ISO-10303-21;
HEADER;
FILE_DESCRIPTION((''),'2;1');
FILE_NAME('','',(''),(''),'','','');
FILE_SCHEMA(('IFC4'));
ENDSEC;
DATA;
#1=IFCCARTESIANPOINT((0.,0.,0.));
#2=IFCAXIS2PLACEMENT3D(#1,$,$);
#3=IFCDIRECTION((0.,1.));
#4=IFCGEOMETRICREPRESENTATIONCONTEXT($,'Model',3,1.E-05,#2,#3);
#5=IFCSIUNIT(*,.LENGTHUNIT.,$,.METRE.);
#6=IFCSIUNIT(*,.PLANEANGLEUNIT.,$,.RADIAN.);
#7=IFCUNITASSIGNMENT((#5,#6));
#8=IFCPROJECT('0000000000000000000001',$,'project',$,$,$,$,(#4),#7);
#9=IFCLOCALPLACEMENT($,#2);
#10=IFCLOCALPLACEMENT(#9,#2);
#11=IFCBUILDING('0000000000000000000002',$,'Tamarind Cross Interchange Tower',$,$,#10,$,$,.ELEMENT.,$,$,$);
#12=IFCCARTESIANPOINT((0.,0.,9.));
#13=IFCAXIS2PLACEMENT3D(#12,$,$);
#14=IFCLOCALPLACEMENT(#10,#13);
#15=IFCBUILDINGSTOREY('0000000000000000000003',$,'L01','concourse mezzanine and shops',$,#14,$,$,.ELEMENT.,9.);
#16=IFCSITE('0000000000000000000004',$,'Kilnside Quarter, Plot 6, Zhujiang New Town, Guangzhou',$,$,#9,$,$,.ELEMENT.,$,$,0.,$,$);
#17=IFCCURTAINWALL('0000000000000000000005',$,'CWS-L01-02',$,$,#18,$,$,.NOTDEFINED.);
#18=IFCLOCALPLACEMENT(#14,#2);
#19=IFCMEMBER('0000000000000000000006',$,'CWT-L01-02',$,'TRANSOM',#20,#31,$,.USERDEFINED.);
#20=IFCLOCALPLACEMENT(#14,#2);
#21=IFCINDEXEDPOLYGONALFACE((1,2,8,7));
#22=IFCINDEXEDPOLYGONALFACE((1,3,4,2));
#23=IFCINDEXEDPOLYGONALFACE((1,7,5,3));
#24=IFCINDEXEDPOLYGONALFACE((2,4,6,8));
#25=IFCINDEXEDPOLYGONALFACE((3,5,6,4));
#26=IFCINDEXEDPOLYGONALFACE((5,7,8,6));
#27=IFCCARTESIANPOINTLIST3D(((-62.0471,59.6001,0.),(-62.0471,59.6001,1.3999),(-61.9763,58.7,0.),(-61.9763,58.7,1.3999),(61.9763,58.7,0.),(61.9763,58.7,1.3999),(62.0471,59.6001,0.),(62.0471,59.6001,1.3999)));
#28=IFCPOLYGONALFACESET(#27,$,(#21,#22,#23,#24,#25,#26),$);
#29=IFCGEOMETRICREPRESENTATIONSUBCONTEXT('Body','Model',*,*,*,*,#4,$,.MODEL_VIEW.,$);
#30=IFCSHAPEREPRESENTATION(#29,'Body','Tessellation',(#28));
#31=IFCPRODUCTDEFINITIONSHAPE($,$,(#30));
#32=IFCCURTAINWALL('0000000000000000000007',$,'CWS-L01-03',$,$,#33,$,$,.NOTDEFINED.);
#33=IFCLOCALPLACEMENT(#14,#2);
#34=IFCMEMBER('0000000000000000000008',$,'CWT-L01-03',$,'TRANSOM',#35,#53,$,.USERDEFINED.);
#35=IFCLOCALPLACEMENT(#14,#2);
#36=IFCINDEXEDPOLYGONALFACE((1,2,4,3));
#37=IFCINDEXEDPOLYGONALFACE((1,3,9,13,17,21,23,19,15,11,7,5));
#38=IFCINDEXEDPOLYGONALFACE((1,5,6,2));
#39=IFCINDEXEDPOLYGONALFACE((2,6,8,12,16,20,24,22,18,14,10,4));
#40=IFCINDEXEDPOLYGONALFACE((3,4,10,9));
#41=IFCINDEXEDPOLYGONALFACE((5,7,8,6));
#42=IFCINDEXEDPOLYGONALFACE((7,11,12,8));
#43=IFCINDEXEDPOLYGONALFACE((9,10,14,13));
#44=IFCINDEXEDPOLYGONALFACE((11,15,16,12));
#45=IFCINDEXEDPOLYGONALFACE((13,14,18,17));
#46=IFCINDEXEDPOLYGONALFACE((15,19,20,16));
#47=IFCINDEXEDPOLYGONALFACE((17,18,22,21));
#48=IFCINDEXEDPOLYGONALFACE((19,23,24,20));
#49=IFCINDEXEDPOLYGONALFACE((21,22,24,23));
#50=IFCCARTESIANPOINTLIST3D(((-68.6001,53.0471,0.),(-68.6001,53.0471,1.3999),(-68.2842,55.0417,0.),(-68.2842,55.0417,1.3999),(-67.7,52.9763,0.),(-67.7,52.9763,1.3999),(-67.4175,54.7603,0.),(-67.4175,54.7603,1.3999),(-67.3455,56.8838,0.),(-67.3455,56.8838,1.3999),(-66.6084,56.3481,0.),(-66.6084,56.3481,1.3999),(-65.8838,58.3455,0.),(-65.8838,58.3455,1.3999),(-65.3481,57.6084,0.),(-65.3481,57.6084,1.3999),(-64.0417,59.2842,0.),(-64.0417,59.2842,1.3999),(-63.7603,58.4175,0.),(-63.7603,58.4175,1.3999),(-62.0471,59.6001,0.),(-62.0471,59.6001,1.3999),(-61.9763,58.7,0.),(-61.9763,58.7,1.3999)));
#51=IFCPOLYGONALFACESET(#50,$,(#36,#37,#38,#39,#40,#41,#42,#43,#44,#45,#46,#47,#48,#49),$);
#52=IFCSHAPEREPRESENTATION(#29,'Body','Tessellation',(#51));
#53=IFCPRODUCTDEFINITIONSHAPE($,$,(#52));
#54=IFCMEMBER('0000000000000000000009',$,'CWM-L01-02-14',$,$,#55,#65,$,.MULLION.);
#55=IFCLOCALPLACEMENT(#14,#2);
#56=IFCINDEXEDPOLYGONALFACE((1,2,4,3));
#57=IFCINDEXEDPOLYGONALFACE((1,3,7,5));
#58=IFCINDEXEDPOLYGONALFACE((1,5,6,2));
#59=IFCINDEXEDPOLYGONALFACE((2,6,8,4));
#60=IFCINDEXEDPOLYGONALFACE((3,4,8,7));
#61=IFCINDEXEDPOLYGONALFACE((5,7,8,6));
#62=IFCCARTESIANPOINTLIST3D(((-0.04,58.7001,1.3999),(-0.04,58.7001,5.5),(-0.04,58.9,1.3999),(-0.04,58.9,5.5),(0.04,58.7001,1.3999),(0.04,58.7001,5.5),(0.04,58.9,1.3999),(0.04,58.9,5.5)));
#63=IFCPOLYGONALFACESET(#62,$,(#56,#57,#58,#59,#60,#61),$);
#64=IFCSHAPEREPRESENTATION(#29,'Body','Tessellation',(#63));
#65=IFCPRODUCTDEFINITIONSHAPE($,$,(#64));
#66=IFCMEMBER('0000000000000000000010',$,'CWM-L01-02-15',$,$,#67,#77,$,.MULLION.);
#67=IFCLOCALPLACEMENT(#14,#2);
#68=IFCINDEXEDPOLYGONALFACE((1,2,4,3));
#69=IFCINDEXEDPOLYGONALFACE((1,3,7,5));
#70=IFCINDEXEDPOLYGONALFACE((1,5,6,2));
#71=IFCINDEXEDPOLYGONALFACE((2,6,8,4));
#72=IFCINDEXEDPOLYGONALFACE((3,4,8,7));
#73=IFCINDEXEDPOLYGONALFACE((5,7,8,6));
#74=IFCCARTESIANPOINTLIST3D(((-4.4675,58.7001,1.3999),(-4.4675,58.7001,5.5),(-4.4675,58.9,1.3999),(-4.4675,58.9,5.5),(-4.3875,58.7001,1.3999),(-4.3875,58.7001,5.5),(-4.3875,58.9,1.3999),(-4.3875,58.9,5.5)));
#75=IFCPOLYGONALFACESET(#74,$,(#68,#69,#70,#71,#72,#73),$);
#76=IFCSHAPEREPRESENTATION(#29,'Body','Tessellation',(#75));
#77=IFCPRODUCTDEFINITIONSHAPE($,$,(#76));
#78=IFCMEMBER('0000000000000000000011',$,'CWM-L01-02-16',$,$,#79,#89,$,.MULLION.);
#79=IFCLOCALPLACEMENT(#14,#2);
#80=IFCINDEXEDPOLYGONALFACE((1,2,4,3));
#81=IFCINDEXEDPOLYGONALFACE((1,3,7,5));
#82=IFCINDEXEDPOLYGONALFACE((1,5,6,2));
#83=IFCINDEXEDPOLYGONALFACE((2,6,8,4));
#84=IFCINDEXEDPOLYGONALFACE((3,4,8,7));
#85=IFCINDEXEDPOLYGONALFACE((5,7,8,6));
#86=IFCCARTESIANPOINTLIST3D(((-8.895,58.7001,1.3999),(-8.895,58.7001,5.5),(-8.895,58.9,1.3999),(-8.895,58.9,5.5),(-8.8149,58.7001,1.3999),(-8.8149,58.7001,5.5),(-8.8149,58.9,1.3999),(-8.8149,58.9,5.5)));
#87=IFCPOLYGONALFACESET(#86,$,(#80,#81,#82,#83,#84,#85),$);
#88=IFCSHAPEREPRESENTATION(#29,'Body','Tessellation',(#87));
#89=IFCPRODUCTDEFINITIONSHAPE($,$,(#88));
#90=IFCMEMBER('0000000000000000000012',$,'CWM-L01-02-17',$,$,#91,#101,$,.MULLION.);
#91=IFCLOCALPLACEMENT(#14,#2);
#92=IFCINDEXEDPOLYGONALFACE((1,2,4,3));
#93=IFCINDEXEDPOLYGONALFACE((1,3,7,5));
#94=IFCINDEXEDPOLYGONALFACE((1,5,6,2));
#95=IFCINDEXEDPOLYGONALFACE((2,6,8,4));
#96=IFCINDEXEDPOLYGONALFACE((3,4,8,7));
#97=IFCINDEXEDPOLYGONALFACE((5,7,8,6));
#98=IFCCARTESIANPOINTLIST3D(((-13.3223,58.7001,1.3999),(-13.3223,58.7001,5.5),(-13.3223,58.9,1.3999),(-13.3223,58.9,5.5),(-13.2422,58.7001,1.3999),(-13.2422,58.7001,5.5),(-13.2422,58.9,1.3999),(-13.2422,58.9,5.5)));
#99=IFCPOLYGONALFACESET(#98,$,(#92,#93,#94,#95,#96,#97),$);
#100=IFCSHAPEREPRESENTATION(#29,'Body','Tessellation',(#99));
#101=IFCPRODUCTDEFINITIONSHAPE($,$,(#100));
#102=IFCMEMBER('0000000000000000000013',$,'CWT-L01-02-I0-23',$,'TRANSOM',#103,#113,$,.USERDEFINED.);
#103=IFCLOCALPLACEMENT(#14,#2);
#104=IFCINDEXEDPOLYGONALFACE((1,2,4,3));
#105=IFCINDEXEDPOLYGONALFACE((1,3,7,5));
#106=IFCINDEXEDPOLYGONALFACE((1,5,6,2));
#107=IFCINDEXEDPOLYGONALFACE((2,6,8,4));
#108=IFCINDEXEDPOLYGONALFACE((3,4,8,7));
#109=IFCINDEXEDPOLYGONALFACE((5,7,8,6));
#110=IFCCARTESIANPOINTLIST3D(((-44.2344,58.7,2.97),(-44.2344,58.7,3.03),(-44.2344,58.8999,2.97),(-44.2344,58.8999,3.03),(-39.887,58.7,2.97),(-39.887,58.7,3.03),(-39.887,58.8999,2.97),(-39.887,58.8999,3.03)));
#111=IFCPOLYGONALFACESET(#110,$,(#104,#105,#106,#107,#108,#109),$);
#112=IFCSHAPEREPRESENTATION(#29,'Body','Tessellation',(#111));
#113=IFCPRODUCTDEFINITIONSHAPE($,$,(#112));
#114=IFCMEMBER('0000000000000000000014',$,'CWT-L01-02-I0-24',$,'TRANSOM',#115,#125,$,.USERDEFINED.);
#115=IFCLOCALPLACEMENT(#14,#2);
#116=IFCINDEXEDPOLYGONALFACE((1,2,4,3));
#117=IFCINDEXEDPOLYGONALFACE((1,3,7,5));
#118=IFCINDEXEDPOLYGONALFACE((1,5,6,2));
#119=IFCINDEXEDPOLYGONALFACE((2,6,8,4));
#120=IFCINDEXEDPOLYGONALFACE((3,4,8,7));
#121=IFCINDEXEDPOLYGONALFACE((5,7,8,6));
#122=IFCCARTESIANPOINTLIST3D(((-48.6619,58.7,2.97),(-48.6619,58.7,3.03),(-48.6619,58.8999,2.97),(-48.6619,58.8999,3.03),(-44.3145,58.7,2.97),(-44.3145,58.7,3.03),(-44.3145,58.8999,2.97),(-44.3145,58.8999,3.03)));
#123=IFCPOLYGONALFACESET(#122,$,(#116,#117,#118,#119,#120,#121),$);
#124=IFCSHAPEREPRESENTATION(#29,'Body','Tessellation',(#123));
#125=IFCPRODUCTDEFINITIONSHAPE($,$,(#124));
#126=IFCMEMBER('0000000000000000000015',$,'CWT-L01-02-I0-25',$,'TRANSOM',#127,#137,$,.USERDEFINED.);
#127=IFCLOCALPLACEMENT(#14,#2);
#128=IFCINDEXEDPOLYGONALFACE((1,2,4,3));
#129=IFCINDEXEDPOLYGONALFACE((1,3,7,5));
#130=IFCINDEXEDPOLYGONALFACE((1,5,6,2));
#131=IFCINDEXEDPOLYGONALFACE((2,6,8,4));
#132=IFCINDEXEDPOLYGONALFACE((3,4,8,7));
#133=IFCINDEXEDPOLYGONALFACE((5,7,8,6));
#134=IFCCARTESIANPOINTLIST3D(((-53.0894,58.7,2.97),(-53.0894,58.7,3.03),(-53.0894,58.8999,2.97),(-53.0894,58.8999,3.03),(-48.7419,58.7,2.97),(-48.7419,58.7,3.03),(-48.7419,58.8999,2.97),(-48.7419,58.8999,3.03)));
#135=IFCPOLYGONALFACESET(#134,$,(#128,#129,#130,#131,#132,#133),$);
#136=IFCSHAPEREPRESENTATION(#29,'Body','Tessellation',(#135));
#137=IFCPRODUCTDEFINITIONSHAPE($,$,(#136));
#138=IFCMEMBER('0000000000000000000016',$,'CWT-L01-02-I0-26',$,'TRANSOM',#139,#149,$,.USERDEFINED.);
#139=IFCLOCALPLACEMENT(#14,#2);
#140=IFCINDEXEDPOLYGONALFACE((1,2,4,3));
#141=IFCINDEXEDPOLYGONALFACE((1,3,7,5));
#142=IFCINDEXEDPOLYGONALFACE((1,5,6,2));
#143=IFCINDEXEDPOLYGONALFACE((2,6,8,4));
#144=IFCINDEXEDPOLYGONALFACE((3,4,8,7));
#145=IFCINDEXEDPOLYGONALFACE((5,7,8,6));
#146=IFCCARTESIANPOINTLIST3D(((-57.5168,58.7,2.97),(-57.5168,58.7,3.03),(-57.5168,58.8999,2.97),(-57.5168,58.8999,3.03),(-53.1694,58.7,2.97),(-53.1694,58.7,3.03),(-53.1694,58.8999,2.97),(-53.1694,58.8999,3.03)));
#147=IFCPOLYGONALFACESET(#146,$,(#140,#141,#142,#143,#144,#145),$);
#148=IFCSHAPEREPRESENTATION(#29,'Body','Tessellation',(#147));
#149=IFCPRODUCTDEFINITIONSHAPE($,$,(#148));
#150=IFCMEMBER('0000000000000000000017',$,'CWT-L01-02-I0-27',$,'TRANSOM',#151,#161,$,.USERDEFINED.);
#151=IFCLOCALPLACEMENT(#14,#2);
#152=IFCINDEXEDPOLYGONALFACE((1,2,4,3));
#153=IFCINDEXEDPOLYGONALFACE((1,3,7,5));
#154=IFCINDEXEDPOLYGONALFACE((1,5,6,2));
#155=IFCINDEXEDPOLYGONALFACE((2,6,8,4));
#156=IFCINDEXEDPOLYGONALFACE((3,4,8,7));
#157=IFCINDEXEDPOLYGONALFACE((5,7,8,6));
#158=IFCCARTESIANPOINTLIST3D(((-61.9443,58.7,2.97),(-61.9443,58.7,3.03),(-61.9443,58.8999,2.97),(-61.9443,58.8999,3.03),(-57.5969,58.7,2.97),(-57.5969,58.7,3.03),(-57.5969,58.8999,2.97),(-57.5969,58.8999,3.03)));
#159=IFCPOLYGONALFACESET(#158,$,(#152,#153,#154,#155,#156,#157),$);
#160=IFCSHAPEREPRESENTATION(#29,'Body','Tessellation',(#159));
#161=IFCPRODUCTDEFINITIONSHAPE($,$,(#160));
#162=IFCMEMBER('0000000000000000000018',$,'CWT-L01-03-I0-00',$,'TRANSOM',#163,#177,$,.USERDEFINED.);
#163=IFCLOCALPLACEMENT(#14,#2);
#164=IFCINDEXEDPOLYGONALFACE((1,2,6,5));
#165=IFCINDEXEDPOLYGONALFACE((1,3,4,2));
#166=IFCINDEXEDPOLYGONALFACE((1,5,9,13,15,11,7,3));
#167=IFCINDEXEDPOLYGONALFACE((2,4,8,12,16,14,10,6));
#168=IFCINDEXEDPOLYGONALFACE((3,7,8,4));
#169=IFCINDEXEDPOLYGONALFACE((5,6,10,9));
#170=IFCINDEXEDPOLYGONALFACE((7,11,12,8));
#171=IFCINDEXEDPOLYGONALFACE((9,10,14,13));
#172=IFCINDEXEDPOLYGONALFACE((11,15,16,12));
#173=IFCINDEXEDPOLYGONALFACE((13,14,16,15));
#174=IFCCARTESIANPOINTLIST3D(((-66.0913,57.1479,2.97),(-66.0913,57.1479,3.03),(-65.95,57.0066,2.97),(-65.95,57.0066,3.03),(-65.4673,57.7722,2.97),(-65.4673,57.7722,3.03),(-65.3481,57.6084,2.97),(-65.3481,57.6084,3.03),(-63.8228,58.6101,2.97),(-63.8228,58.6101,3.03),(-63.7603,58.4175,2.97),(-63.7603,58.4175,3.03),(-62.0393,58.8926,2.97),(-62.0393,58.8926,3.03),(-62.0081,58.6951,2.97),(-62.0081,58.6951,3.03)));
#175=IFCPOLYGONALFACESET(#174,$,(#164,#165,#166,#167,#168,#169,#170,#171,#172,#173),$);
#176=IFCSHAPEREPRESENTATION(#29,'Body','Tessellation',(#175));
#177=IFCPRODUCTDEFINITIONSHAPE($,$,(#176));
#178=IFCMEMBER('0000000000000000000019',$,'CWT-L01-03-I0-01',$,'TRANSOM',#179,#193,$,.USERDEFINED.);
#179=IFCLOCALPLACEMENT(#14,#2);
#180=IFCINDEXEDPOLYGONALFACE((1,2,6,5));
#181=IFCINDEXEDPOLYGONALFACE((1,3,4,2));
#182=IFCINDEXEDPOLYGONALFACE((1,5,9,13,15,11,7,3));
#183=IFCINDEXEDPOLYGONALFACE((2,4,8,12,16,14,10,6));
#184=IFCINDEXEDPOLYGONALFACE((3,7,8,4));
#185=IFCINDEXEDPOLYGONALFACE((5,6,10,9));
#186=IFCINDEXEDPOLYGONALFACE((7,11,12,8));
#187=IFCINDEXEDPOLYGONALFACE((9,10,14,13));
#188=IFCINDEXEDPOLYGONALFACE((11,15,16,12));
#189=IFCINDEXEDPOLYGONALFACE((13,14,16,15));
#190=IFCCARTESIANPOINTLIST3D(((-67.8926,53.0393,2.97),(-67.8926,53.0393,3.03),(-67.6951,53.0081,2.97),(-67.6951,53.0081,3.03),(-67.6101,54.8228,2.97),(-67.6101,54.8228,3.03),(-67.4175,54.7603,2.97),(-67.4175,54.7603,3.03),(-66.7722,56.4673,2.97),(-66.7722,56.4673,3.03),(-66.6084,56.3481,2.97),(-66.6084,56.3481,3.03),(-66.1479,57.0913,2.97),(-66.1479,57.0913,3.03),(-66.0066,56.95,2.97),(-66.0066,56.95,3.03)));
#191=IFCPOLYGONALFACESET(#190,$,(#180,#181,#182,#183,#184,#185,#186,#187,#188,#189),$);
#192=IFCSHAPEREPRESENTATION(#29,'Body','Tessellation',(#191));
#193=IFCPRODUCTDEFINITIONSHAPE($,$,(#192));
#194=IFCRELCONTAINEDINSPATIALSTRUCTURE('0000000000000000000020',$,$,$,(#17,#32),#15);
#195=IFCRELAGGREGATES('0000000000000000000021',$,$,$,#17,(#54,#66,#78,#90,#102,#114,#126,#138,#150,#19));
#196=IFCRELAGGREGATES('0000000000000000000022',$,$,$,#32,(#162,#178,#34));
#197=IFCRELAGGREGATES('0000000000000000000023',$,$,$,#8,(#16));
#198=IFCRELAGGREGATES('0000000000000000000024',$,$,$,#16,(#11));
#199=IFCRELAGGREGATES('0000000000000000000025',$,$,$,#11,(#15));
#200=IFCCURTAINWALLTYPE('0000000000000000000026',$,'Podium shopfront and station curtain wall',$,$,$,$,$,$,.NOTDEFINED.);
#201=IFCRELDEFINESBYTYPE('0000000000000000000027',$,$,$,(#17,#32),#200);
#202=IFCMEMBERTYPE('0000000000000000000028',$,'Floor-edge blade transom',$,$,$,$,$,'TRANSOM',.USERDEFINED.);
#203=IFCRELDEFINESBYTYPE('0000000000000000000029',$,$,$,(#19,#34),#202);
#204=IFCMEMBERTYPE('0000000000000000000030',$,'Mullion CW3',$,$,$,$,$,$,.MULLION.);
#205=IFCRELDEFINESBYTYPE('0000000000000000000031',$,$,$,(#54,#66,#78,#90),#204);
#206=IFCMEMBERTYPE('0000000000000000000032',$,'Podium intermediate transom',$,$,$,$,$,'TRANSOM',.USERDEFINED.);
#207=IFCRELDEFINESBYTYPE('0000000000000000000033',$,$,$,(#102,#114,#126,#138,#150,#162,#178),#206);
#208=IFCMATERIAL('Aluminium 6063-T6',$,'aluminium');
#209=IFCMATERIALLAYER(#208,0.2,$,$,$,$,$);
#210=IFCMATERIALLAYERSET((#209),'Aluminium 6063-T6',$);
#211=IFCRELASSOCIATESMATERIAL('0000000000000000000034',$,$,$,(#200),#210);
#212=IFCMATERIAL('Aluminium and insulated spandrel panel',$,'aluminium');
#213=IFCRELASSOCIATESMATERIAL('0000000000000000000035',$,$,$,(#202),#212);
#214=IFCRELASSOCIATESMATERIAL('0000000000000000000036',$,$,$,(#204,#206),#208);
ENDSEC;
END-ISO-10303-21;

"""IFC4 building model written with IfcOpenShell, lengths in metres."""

from ifc_helpers import new_model, si_unit, direction, frame, origin, origin_2d, place, context, subcontext, project, spatial, polyline, rectangle, outline, extrude, material, layer, layer_set, material_profile, profile_set, type_object, element, aggregate, save


model = new_model("IFC4")

# Units and contexts
model_context = context("Model", 3, precision=1e-05, world=origin(), true_north=direction((0.0, 1.0)))
body_context = subcontext(model_context, "Body", "Model", "MODEL_VIEW")
ifc_project = project(units=[si_unit("LENGTHUNIT", "METRE"), si_unit("PLANEANGLEUNIT", "RADIAN")], contexts=[model_context])

# Site, building, storey
site_placement = place(None, origin())
site = spatial("IfcSite", under=ifc_project, at=site_placement, Name="Kilnside Quarter, Plot 6, Zhujiang New Town, Guangzhou", CompositionType="ELEMENT", RefElevation=0.0)
building_placement = place(site_placement, origin())
building = spatial("IfcBuilding", under=site, at=building_placement, Name="Tamarind Cross Interchange Tower", CompositionType="ELEMENT")
storey_placement = place(building_placement, frame((0.0, 0.0, 9.0)))
storey = spatial("IfcBuildingStorey", under=building, at=storey_placement, Name="L01", Description="concourse mezzanine and shops", CompositionType="ELEMENT", Elevation=9.0)

# Curtain walls, members
ifc_material_1 = material(Name="Aluminium 6063-T6", Category="aluminium")
ifc_layer_1 = layer(ifc_material_1, 0.2)
ifc_layer_set_1 = layer_set([ifc_layer_1], Name="Aluminium 6063-T6")
curtain_wall_type = type_object("IfcCurtainWallType", Name="Podium shopfront and station curtain wall", PredefinedType="NOTDEFINED", material=ifc_layer_set_1)
curtain_wall_1_placement = place(storey_placement, origin())
curtain_wall_1 = element("IfcCurtainWall", 1, at=curtain_wall_1_placement, inside=storey, type_object=curtain_wall_type, Name="CWS-L01-02", PredefinedType="NOTDEFINED")
ifc_material_2 = material(Name="Aluminium and insulated spandrel panel", Category="aluminium")
member_type_1 = type_object("IfcMemberType", Name="Floor-edge blade transom", ElementType="TRANSOM", PredefinedType="USERDEFINED", material=ifc_material_2)
member_1_placement = place(storey_placement, origin())
member_1 = element("IfcMember", 2, at=member_1_placement, type_object=member_type_1, Name="CWT-L01-02", ObjectType="TRANSOM", PredefinedType="USERDEFINED", context=body_context, shape_type="SweptSolid", body=[
    extrude(outline(polyline([(61.9763, 58.7), (-61.9763, 58.7), (-62.0471, 59.6001), (62.0471, 59.6001), (61.9763, 58.7)])), origin(), (0.0, 0.0, 1.0), 1.3999),
])
curtain_wall_2_placement = place(storey_placement, origin())
curtain_wall_2 = element("IfcCurtainWall", 3, at=curtain_wall_2_placement, inside=storey, type_object=curtain_wall_type, Name="CWS-L01-03", PredefinedType="NOTDEFINED")
member_2_placement = place(storey_placement, origin())
member_2 = element("IfcMember", 4, at=member_2_placement, type_object=member_type_1, Name="CWT-L01-03", ObjectType="TRANSOM", PredefinedType="USERDEFINED", context=body_context, shape_type="SweptSolid", body=[
    extrude(outline(polyline([(-61.9763, 58.7), (-63.7603, 58.4175), (-65.3481, 57.6084), (-66.6084, 56.3481), (-67.4175, 54.7603), (-67.7, 52.9763), (-68.6001, 53.0471), (-68.2842, 55.0417), (-67.3455, 56.8838), (-65.8838, 58.3455), (-64.0417, 59.2842), (-62.0471, 59.6001), (-61.9763, 58.7)])), origin(), (0.0, 0.0, 1.0), 1.3999),
])

# Members
ifc_material_profile_1 = material_profile(ifc_material_1, rectangle(XDim=0.0801, YDim=0.2, at=origin_2d()), Name="Mullion CW3")
ifc_profile_set_1 = profile_set([ifc_material_profile_1], Name="Aluminium 6063-T6")
member_type_2 = type_object("IfcMemberType", Name="Mullion CW3", PredefinedType="MULLION", material=ifc_profile_set_1)
member_3_placement = place(storey_placement, frame((0.0, 58.8, 1.3999), z_axis=(0.0, 0.0, 1.0), x_axis=(-1.0, 0.0, 0.0)))
member_3 = element("IfcMember", 5, at=member_3_placement, type_object=member_type_2, Name="CWM-L01-02-14", PredefinedType="MULLION", context=body_context, shape_type="SweptSolid", body=[
    extrude(rectangle(XDim=0.0801, YDim=0.2, at=origin_2d()), origin(), (0.0, 0.0, 1.0), 4.1001),
])
member_4_placement = place(storey_placement, frame((-4.4275, 58.8, 1.3999), z_axis=(0.0, 0.0, 1.0), x_axis=(-1.0, 0.0, 0.0)))
member_4 = element("IfcMember", 6, at=member_4_placement, type_object=member_type_2, Name="CWM-L01-02-15", PredefinedType="MULLION", context=body_context, shape_type="SweptSolid", body=[
    extrude(rectangle(XDim=0.0801, YDim=0.2, at=origin_2d()), origin(), (0.0, 0.0, 1.0), 4.1001),
])
member_5_placement = place(storey_placement, frame((-8.855, 58.8, 1.3999), z_axis=(0.0, 0.0, 1.0), x_axis=(-1.0, 0.0, 0.0)))
member_5 = element("IfcMember", 7, at=member_5_placement, type_object=member_type_2, Name="CWM-L01-02-16", PredefinedType="MULLION", context=body_context, shape_type="SweptSolid", body=[
    extrude(rectangle(XDim=0.0801, YDim=0.2, at=origin_2d()), origin(), (0.0, 0.0, 1.0), 4.1001),
])
member_6_placement = place(storey_placement, frame((-13.2822, 58.8, 1.3999), z_axis=(0.0, 0.0, 1.0), x_axis=(-1.0, 0.0, 0.0)))
member_6 = element("IfcMember", 8, at=member_6_placement, type_object=member_type_2, Name="CWM-L01-02-17", PredefinedType="MULLION", context=body_context, shape_type="SweptSolid", body=[
    extrude(rectangle(XDim=0.0801, YDim=0.2, at=origin_2d()), origin(), (0.0, 0.0, 1.0), 4.1001),
])
member_type_3 = type_object("IfcMemberType", Name="Podium intermediate transom", ElementType="TRANSOM", PredefinedType="USERDEFINED", material=ifc_material_1)
member_7_placement = place(storey_placement, frame((0.0, 0.0, 2.97)))
member_7 = element("IfcMember", 9, at=member_7_placement, type_object=member_type_3, Name="CWT-L01-02-I0-23", ObjectType="TRANSOM", PredefinedType="USERDEFINED", context=body_context, shape_type="SweptSolid", body=[
    extrude(outline(polyline([(-39.887, 58.7), (-44.2344, 58.7), (-44.2344, 58.8999), (-39.887, 58.8999), (-39.887, 58.7)])), origin(), (0.0, 0.0, 1.0), 0.0601),
])
member_8_placement = place(storey_placement, frame((0.0, 0.0, 2.97)))
member_8 = element("IfcMember", 10, at=member_8_placement, type_object=member_type_3, Name="CWT-L01-02-I0-24", ObjectType="TRANSOM", PredefinedType="USERDEFINED", context=body_context, shape_type="SweptSolid", body=[
    extrude(outline(polyline([(-44.3145, 58.7), (-48.6619, 58.7), (-48.6619, 58.8999), (-44.3145, 58.8999), (-44.3145, 58.7)])), origin(), (0.0, 0.0, 1.0), 0.0601),
])
member_9_placement = place(storey_placement, frame((0.0, 0.0, 2.97)))
member_9 = element("IfcMember", 11, at=member_9_placement, type_object=member_type_3, Name="CWT-L01-02-I0-25", ObjectType="TRANSOM", PredefinedType="USERDEFINED", context=body_context, shape_type="SweptSolid", body=[
    extrude(outline(polyline([(-48.7419, 58.7), (-53.0894, 58.7), (-53.0894, 58.8999), (-48.7419, 58.8999), (-48.7419, 58.7)])), origin(), (0.0, 0.0, 1.0), 0.0601),
])
member_10_placement = place(storey_placement, frame((0.0, 0.0, 2.97)))
member_10 = element("IfcMember", 12, at=member_10_placement, type_object=member_type_3, Name="CWT-L01-02-I0-26", ObjectType="TRANSOM", PredefinedType="USERDEFINED", context=body_context, shape_type="SweptSolid", body=[
    extrude(outline(polyline([(-53.1694, 58.7), (-57.5168, 58.7), (-57.5168, 58.8999), (-53.1694, 58.8999), (-53.1694, 58.7)])), origin(), (0.0, 0.0, 1.0), 0.0601),
])
member_11_placement = place(storey_placement, frame((0.0, 0.0, 2.97)))
member_11 = element("IfcMember", 13, at=member_11_placement, type_object=member_type_3, Name="CWT-L01-02-I0-27", ObjectType="TRANSOM", PredefinedType="USERDEFINED", context=body_context, shape_type="SweptSolid", body=[
    extrude(outline(polyline([(-57.5969, 58.7), (-61.9443, 58.7), (-61.9443, 58.8999), (-57.5969, 58.8999), (-57.5969, 58.7)])), origin(), (0.0, 0.0, 1.0), 0.0601),
])
aggregate(curtain_wall_1, [member_3, member_4, member_5, member_6, member_7, member_8, member_9, member_10, member_11, member_1])
member_12_placement = place(storey_placement, frame((0.0, 0.0, 2.97)))
member_12 = element("IfcMember", 14, at=member_12_placement, type_object=member_type_3, Name="CWT-L01-03-I0-00", ObjectType="TRANSOM", PredefinedType="USERDEFINED", context=body_context, shape_type="SweptSolid", body=[
    extrude(outline(polyline([(-62.0081, 58.6951), (-63.7603, 58.4175), (-65.3481, 57.6084), (-65.95, 57.0066), (-66.0913, 57.1479), (-65.4673, 57.7722), (-63.8228, 58.6101), (-62.0393, 58.8926), (-62.0081, 58.6951)])), origin(), (0.0, 0.0, 1.0), 0.0601),
])
member_13_placement = place(storey_placement, frame((0.0, 0.0, 2.97)))
member_13 = element("IfcMember", 15, at=member_13_placement, type_object=member_type_3, Name="CWT-L01-03-I0-01", ObjectType="TRANSOM", PredefinedType="USERDEFINED", context=body_context, shape_type="SweptSolid", body=[
    extrude(outline(polyline([(-66.0066, 56.95), (-66.6084, 56.3481), (-67.4175, 54.7603), (-67.6951, 53.0081), (-67.8926, 53.0393), (-67.6101, 54.8228), (-66.7722, 56.4673), (-66.1479, 57.0913), (-66.0066, 56.95)])), origin(), (0.0, 0.0, 1.0), 0.0601),
])

aggregate(curtain_wall_2, [member_12, member_13, member_2])

save(model, "model.ifc")
